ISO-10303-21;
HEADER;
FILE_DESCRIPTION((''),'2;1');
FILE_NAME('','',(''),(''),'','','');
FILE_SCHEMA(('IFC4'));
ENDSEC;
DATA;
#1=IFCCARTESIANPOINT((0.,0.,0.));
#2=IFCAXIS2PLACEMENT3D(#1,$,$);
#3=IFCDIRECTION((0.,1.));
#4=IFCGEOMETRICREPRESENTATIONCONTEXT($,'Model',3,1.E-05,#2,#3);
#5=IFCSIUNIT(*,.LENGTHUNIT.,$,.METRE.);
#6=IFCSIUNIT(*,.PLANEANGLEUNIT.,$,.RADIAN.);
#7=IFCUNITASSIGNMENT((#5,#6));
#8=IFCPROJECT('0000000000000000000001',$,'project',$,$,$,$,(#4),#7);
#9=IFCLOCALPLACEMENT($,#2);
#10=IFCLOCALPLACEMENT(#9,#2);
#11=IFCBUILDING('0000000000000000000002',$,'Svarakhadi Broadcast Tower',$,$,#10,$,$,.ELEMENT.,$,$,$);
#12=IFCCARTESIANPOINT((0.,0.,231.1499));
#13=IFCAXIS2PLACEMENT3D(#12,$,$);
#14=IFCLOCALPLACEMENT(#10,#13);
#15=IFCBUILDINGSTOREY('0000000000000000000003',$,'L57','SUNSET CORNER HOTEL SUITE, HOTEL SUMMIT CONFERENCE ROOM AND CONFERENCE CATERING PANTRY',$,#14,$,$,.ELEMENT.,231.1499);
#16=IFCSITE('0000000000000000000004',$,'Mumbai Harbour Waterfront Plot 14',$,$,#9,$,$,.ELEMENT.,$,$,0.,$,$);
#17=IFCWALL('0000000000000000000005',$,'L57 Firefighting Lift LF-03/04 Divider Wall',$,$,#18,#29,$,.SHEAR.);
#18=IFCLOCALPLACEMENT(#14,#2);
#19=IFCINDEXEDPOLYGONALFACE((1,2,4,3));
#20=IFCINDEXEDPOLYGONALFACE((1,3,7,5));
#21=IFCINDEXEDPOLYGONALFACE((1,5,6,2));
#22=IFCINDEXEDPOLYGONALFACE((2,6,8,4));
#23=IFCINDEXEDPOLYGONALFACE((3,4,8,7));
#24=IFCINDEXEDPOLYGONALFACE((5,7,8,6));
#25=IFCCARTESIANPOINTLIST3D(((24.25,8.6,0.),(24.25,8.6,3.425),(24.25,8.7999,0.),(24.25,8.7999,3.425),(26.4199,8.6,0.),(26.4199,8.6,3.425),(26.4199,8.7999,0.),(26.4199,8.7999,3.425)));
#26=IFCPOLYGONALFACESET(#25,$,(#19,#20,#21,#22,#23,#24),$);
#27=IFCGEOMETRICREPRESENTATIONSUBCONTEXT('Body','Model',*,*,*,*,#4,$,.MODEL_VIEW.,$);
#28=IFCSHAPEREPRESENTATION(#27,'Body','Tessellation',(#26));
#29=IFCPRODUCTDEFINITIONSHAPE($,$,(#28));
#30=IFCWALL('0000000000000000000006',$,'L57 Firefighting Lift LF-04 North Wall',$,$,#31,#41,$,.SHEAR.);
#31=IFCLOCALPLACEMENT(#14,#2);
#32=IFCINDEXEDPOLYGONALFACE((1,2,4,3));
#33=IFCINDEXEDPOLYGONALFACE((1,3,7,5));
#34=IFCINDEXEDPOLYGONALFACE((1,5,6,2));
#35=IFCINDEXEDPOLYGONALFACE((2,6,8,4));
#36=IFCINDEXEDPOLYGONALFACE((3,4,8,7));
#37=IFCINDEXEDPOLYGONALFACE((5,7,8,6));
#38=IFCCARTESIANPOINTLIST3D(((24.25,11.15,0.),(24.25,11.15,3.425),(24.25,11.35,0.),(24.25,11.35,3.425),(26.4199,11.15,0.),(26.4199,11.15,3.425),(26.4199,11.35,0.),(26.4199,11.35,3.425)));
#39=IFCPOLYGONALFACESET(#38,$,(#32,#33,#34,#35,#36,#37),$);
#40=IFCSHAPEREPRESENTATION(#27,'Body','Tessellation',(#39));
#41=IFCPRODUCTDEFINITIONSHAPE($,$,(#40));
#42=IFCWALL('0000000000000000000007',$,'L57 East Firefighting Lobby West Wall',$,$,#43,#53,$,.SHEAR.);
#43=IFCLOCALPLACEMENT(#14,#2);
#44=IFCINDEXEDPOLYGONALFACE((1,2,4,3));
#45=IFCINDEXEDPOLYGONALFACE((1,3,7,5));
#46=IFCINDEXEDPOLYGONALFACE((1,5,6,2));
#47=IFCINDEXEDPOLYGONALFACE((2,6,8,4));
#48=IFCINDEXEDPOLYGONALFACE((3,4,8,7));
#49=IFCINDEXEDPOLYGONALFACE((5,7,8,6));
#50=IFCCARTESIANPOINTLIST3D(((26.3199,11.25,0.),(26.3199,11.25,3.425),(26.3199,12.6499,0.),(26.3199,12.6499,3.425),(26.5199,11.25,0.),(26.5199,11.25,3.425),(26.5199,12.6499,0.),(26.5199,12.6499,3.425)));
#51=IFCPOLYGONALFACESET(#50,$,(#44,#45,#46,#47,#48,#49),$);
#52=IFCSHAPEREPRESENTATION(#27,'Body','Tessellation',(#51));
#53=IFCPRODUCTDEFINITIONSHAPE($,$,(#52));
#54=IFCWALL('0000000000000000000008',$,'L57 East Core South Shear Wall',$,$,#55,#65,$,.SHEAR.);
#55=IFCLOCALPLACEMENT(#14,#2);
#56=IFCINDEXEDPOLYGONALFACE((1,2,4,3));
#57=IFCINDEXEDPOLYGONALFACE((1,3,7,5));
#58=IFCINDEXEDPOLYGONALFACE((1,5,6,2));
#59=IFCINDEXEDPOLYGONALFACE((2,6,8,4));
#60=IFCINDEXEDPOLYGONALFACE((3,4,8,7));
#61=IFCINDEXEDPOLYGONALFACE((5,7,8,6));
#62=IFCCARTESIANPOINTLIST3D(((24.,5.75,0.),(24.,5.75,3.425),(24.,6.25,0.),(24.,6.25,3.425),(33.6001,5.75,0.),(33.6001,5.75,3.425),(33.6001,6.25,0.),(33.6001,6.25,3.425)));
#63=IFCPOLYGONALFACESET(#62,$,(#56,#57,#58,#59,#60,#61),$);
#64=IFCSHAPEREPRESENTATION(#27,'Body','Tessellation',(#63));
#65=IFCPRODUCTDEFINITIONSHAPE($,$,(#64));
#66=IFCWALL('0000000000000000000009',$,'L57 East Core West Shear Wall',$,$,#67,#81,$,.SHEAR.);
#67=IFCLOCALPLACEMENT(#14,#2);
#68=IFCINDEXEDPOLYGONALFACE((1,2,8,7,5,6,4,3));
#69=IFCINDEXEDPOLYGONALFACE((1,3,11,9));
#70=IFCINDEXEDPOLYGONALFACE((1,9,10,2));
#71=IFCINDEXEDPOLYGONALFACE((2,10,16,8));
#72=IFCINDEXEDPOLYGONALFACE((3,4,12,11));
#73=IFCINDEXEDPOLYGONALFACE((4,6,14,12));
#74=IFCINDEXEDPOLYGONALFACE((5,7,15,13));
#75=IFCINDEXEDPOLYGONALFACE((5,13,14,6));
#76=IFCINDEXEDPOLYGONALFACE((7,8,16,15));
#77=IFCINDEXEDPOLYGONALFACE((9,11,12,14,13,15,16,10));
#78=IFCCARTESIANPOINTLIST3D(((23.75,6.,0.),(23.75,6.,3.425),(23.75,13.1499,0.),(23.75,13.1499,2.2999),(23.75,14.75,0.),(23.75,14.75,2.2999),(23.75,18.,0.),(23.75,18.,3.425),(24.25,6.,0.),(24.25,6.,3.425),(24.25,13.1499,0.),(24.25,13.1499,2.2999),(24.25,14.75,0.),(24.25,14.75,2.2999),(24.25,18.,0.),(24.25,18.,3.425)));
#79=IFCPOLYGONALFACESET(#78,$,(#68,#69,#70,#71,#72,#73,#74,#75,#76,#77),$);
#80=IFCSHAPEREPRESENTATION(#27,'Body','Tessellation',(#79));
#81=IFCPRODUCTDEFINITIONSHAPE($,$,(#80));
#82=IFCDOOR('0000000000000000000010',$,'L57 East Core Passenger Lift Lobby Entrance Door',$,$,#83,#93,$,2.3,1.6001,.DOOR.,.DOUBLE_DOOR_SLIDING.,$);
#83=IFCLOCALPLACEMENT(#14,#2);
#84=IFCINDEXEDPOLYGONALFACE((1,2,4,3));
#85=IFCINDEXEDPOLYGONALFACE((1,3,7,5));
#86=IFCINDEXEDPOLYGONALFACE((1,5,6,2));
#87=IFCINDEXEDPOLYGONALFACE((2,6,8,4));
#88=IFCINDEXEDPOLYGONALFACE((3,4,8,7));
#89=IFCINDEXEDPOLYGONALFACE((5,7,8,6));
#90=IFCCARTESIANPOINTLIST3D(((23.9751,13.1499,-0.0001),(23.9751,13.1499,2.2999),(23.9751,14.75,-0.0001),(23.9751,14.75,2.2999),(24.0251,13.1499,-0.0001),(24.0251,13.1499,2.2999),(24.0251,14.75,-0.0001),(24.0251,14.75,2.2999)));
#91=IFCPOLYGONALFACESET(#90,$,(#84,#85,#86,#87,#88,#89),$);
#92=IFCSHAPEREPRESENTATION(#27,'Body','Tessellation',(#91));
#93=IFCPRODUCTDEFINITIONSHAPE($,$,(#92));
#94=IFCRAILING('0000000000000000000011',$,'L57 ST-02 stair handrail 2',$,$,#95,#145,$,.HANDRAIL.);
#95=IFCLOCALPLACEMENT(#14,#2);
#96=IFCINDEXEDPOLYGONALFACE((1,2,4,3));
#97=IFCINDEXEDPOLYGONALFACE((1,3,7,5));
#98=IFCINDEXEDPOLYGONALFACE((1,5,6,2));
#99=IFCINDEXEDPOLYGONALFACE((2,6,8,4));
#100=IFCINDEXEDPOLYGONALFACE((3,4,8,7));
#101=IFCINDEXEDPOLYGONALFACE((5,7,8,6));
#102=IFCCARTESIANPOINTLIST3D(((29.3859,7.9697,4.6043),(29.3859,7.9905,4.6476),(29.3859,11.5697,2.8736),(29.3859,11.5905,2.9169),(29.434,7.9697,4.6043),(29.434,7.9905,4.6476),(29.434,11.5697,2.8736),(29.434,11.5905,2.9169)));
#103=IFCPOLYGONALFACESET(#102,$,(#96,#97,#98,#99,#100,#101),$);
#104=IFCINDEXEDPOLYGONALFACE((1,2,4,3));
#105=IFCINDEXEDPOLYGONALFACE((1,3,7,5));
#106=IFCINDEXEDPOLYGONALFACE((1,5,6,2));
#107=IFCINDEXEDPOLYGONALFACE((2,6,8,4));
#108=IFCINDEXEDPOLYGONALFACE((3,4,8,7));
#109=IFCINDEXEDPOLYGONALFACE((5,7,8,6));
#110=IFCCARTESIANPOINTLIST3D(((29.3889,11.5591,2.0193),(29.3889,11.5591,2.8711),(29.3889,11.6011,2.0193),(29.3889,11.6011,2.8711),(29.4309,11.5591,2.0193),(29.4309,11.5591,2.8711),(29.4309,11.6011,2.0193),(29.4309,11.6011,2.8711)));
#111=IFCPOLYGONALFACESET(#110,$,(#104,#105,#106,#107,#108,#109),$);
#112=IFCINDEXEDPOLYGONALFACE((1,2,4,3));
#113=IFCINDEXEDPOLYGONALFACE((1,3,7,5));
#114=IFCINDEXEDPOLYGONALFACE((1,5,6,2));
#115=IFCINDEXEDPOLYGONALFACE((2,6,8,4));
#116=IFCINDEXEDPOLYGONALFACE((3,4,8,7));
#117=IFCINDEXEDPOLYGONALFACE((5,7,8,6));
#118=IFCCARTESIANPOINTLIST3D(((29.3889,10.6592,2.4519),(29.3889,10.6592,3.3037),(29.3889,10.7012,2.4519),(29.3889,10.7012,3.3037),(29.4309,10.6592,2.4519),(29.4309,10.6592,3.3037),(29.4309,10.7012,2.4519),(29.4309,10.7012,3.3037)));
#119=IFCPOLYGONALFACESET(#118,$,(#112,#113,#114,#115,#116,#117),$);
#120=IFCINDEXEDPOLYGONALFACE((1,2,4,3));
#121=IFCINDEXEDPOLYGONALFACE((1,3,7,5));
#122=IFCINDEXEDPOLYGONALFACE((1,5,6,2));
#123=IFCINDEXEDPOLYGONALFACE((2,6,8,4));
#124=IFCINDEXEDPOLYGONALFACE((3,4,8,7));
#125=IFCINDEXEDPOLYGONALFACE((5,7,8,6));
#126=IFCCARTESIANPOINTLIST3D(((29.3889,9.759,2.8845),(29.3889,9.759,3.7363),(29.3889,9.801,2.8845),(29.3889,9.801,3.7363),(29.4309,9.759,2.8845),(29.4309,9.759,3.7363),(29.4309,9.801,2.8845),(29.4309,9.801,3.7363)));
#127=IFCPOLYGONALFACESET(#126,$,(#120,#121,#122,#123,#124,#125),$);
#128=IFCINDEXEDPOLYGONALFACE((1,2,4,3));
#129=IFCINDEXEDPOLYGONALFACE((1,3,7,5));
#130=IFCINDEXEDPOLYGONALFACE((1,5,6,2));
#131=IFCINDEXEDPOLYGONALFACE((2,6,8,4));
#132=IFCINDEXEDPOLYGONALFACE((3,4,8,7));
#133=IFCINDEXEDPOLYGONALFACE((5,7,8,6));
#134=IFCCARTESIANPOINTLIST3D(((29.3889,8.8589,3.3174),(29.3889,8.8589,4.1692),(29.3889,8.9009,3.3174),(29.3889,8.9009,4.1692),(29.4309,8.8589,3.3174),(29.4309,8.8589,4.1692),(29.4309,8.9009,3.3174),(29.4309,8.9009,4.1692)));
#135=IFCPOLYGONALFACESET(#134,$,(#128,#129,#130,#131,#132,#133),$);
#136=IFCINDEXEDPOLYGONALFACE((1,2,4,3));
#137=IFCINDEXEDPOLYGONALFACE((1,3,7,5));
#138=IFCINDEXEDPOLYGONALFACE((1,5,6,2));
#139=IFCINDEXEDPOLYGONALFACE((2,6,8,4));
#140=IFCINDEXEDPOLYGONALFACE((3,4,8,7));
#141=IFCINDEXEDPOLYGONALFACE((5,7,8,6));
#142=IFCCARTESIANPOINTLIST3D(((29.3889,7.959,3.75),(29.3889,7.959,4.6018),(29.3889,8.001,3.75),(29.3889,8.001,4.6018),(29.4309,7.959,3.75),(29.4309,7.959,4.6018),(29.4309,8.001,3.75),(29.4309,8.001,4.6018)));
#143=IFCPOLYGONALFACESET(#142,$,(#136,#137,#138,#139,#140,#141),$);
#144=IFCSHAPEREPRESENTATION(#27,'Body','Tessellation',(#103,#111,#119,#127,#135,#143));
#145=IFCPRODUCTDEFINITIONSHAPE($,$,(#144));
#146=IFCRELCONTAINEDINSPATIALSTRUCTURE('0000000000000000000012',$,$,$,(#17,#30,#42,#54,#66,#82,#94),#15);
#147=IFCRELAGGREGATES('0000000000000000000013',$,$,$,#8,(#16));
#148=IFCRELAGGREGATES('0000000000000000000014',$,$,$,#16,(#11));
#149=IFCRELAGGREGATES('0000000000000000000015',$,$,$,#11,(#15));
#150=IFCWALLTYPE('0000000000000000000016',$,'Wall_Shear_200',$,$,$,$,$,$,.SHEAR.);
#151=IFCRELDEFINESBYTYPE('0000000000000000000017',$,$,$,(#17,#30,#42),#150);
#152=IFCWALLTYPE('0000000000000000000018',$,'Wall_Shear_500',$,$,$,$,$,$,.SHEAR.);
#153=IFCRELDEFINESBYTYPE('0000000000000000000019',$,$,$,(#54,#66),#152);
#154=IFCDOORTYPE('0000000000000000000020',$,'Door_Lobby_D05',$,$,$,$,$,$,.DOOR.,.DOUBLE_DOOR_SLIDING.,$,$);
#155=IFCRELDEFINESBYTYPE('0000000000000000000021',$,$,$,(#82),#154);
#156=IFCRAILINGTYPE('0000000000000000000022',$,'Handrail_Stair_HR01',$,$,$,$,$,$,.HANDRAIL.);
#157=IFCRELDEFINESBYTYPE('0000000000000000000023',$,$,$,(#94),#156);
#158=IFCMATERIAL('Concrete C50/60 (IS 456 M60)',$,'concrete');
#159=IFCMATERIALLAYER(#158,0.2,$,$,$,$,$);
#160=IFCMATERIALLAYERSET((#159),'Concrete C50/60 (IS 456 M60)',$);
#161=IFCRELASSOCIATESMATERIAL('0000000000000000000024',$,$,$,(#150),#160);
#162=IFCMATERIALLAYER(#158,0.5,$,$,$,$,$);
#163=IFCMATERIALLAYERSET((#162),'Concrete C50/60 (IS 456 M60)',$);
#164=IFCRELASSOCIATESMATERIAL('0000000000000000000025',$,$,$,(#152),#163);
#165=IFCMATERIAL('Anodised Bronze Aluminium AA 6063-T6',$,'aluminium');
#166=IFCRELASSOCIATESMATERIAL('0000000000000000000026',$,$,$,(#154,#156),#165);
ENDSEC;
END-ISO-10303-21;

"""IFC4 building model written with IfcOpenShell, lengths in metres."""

from ifc_helpers import new_model, si_unit, direction, frame, frame_2d, origin, origin_2d, place, context, subcontext, project, spatial, rectangle, extrude, material, layer, layer_set, type_object, element, fill, save


model = new_model("IFC4")

# Units and contexts
model_context = context("Model", 3, precision=1e-05, world=origin(), true_north=direction((0.0, 1.0)))
body_context = subcontext(model_context, "Body", "Model", "MODEL_VIEW")
ifc_project = project(units=[si_unit("LENGTHUNIT", "METRE"), si_unit("PLANEANGLEUNIT", "RADIAN")], contexts=[model_context])

# Site, building, storey
site_placement = place(None, origin())
site = spatial("IfcSite", under=ifc_project, at=site_placement, Name="Mumbai Harbour Waterfront Plot 14", CompositionType="ELEMENT", RefElevation=0.0)
building_placement = place(site_placement, origin())
building = spatial("IfcBuilding", under=site, at=building_placement, Name="Svarakhadi Broadcast Tower", CompositionType="ELEMENT")
storey_placement = place(building_placement, frame((0.0, 0.0, 231.1499)))
storey = spatial("IfcBuildingStorey", under=building, at=storey_placement, Name="L57", Description="SUNSET CORNER HOTEL SUITE, HOTEL SUMMIT CONFERENCE ROOM AND CONFERENCE CATERING PANTRY", CompositionType="ELEMENT", Elevation=231.1499)

# Shared definitions
ifc_material_1 = material(Name="Concrete C50/60 (IS 456 M60)", Category="concrete")

# Shared definitions
ifc_layer_1 = layer(ifc_material_1, 0.2)
ifc_layer_set_1 = layer_set([ifc_layer_1], Name="Concrete C50/60 (IS 456 M60)")
wall_type_1 = type_object("IfcWallType", Name="Wall_Shear_200", PredefinedType="SHEAR", material=ifc_layer_set_1)

# Walls
for number, where, z_axis, x_axis, name in (
    (1, (24.25, 8.7, 0.0), (0.0, 0.0, 1.0), (1.0, 0.0, 0.0), "L57 Firefighting Lift LF-03/04 Divider Wall"),
    (2, (24.25, 11.25, 0.0), (0.0, 0.0, 1.0), (1.0, 0.0, 0.0), "L57 Firefighting Lift LF-04 North Wall"),
):
    element("IfcWall", number, at=place(storey_placement, frame(where, z_axis=z_axis, x_axis=x_axis)), inside=storey, type_object=wall_type_1, Name=name, PredefinedType="SHEAR", context=body_context, shape_type="SweptSolid", body=[
        extrude(rectangle(XDim=2.1699, YDim=0.2, at=frame_2d((1.085, 0.0))), origin(), (0.0, 0.0, 1.0), 3.425),
    ])
wall_1_placement = place(storey_placement, frame((26.4199, 11.25, 0.0), z_axis=(0.0, 0.0, 1.0), x_axis=(0.0, 1.0, 0.0)))
element("IfcWall", 3, at=wall_1_placement, inside=storey, type_object=wall_type_1, Name="L57 East Firefighting Lobby West Wall", PredefinedType="SHEAR", context=body_context, shape_type="SweptSolid", body=[
    extrude(rectangle(XDim=1.3999, YDim=0.2, at=frame_2d((0.7, 0.0))), origin(), (0.0, 0.0, 1.0), 3.425),
])
ifc_layer_2 = layer(ifc_material_1, 0.5)
ifc_layer_set_2 = layer_set([ifc_layer_2], Name="Concrete C50/60 (IS 456 M60)")
wall_type_2 = type_object("IfcWallType", Name="Wall_Shear_500", PredefinedType="SHEAR", material=ifc_layer_set_2)
wall_2_placement = place(storey_placement, frame((24.0, 6.0, 0.0), z_axis=(0.0, 0.0, 1.0), x_axis=(1.0, 0.0, 0.0)))
element("IfcWall", 4, at=wall_2_placement, inside=storey, type_object=wall_type_2, Name="L57 East Core South Shear Wall", PredefinedType="SHEAR", context=body_context, shape_type="SweptSolid", body=[
    extrude(rectangle(XDim=9.6001, YDim=0.5, at=frame_2d((4.8, 0.0))), origin(), (0.0, 0.0, 1.0), 3.425),
])

# Wall, opening, door
wall_3_placement = place(storey_placement, frame((24.0, 6.0, 0.0), z_axis=(0.0, 0.0, 1.0), x_axis=(0.0, 1.0, 0.0)))
wall_3 = element("IfcWall", 5, at=wall_3_placement, inside=storey, type_object=wall_type_2, Name="L57 East Core West Shear Wall", PredefinedType="SHEAR", context=body_context, shape_type="SweptSolid", body=[
    extrude(rectangle(XDim=12.0, YDim=0.5, at=frame_2d((6.0, 0.0))), origin(), (0.0, 0.0, 1.0), 3.425),
])
opening_1_placement = place(wall_3_placement, frame((7.1499, 0.0, 0.0)))
opening_1 = element("IfcOpeningElement", 6, at=opening_1_placement, cuts=wall_3, PredefinedType="OPENING", context=body_context, shape_type="SweptSolid", body=[
    extrude(rectangle(XDim=1.6001, YDim=2.3, at=frame_2d((0.8, 1.1499))), frame((0.0, 0.26, 0.0), z_axis=(0.0, -1.0, 0.0), x_axis=(1.0, 0.0, 0.0)), (0.0, 0.0, 1.0), 0.52),
])
ifc_material_2 = material(Name="Anodised Bronze Aluminium AA 6063-T6", Category="aluminium")
door_type_1 = type_object("IfcDoorType", Name="Door_Lobby_D05", OperationType="DOUBLE_DOOR_SLIDING", PredefinedType="DOOR", material=ifc_material_2)
door_1_placement = place(opening_1_placement, origin())
door_1 = element("IfcDoor", 7, at=door_1_placement, inside=storey, type_object=door_type_1, Name="L57 East Core Passenger Lift Lobby Entrance Door", OperationType="DOUBLE_DOOR_SLIDING", OverallHeight=2.3, OverallWidth=1.6001, PredefinedType="DOOR", context=body_context, shape_type="SweptSolid", body=[
    extrude(rectangle(XDim=1.6001, YDim=2.3, at=frame_2d((0.8, 1.1499))), frame((0.0, 0.0249, 0.0), z_axis=(0.0, -1.0, 0.0), x_axis=(1.0, 0.0, 0.0)), (0.0, 0.0, 1.0), 0.05),
])
fill(opening_1, door_1)

# Railing
railing_type = type_object("IfcRailingType", Name="Handrail_Stair_HR01", PredefinedType="HANDRAIL", material=ifc_material_2)
railing_placement = place(storey_placement, frame((29.4099, 11.5801, 2.0193)))
element("IfcRailing", 8, at=railing_placement, inside=storey, type_object=railing_type, Name="L57 ST-02 stair handrail 2", PredefinedType="HANDRAIL", context=body_context, shape_type="SweptSolid", body=[
    extrude(rectangle(XDim=0.0481, YDim=0.0481, at=origin_2d()), frame((0.0, 0.0, 0.876), z_axis=(0.0, -0.901263, 0.433273), x_axis=(1.0, 0.0, 0.0)), (0.0, 0.0, 1.0), 3.9944),
    extrude(rectangle(XDim=0.042, YDim=0.042, at=origin_2d()), origin(), (0.0, 0.0, 1.0), 0.8518),
    extrude(rectangle(XDim=0.042, YDim=0.042, at=origin_2d()), frame((0.0, -0.8999, 0.4326)), (0.0, 0.0, 1.0), 0.8518),
    extrude(rectangle(XDim=0.042, YDim=0.042, at=origin_2d()), frame((0.0, -1.8, 0.8652)), (0.0, 0.0, 1.0), 0.8518),
    extrude(rectangle(XDim=0.042, YDim=0.042, at=origin_2d()), frame((0.0, -2.7002, 1.2981)), (0.0, 0.0, 1.0), 0.8518),
    extrude(rectangle(XDim=0.042, YDim=0.042, at=origin_2d()), frame((0.0, -3.6001, 1.7307)), (0.0, 0.0, 1.0), 0.8518),
])

save(model, "model.ifc")
